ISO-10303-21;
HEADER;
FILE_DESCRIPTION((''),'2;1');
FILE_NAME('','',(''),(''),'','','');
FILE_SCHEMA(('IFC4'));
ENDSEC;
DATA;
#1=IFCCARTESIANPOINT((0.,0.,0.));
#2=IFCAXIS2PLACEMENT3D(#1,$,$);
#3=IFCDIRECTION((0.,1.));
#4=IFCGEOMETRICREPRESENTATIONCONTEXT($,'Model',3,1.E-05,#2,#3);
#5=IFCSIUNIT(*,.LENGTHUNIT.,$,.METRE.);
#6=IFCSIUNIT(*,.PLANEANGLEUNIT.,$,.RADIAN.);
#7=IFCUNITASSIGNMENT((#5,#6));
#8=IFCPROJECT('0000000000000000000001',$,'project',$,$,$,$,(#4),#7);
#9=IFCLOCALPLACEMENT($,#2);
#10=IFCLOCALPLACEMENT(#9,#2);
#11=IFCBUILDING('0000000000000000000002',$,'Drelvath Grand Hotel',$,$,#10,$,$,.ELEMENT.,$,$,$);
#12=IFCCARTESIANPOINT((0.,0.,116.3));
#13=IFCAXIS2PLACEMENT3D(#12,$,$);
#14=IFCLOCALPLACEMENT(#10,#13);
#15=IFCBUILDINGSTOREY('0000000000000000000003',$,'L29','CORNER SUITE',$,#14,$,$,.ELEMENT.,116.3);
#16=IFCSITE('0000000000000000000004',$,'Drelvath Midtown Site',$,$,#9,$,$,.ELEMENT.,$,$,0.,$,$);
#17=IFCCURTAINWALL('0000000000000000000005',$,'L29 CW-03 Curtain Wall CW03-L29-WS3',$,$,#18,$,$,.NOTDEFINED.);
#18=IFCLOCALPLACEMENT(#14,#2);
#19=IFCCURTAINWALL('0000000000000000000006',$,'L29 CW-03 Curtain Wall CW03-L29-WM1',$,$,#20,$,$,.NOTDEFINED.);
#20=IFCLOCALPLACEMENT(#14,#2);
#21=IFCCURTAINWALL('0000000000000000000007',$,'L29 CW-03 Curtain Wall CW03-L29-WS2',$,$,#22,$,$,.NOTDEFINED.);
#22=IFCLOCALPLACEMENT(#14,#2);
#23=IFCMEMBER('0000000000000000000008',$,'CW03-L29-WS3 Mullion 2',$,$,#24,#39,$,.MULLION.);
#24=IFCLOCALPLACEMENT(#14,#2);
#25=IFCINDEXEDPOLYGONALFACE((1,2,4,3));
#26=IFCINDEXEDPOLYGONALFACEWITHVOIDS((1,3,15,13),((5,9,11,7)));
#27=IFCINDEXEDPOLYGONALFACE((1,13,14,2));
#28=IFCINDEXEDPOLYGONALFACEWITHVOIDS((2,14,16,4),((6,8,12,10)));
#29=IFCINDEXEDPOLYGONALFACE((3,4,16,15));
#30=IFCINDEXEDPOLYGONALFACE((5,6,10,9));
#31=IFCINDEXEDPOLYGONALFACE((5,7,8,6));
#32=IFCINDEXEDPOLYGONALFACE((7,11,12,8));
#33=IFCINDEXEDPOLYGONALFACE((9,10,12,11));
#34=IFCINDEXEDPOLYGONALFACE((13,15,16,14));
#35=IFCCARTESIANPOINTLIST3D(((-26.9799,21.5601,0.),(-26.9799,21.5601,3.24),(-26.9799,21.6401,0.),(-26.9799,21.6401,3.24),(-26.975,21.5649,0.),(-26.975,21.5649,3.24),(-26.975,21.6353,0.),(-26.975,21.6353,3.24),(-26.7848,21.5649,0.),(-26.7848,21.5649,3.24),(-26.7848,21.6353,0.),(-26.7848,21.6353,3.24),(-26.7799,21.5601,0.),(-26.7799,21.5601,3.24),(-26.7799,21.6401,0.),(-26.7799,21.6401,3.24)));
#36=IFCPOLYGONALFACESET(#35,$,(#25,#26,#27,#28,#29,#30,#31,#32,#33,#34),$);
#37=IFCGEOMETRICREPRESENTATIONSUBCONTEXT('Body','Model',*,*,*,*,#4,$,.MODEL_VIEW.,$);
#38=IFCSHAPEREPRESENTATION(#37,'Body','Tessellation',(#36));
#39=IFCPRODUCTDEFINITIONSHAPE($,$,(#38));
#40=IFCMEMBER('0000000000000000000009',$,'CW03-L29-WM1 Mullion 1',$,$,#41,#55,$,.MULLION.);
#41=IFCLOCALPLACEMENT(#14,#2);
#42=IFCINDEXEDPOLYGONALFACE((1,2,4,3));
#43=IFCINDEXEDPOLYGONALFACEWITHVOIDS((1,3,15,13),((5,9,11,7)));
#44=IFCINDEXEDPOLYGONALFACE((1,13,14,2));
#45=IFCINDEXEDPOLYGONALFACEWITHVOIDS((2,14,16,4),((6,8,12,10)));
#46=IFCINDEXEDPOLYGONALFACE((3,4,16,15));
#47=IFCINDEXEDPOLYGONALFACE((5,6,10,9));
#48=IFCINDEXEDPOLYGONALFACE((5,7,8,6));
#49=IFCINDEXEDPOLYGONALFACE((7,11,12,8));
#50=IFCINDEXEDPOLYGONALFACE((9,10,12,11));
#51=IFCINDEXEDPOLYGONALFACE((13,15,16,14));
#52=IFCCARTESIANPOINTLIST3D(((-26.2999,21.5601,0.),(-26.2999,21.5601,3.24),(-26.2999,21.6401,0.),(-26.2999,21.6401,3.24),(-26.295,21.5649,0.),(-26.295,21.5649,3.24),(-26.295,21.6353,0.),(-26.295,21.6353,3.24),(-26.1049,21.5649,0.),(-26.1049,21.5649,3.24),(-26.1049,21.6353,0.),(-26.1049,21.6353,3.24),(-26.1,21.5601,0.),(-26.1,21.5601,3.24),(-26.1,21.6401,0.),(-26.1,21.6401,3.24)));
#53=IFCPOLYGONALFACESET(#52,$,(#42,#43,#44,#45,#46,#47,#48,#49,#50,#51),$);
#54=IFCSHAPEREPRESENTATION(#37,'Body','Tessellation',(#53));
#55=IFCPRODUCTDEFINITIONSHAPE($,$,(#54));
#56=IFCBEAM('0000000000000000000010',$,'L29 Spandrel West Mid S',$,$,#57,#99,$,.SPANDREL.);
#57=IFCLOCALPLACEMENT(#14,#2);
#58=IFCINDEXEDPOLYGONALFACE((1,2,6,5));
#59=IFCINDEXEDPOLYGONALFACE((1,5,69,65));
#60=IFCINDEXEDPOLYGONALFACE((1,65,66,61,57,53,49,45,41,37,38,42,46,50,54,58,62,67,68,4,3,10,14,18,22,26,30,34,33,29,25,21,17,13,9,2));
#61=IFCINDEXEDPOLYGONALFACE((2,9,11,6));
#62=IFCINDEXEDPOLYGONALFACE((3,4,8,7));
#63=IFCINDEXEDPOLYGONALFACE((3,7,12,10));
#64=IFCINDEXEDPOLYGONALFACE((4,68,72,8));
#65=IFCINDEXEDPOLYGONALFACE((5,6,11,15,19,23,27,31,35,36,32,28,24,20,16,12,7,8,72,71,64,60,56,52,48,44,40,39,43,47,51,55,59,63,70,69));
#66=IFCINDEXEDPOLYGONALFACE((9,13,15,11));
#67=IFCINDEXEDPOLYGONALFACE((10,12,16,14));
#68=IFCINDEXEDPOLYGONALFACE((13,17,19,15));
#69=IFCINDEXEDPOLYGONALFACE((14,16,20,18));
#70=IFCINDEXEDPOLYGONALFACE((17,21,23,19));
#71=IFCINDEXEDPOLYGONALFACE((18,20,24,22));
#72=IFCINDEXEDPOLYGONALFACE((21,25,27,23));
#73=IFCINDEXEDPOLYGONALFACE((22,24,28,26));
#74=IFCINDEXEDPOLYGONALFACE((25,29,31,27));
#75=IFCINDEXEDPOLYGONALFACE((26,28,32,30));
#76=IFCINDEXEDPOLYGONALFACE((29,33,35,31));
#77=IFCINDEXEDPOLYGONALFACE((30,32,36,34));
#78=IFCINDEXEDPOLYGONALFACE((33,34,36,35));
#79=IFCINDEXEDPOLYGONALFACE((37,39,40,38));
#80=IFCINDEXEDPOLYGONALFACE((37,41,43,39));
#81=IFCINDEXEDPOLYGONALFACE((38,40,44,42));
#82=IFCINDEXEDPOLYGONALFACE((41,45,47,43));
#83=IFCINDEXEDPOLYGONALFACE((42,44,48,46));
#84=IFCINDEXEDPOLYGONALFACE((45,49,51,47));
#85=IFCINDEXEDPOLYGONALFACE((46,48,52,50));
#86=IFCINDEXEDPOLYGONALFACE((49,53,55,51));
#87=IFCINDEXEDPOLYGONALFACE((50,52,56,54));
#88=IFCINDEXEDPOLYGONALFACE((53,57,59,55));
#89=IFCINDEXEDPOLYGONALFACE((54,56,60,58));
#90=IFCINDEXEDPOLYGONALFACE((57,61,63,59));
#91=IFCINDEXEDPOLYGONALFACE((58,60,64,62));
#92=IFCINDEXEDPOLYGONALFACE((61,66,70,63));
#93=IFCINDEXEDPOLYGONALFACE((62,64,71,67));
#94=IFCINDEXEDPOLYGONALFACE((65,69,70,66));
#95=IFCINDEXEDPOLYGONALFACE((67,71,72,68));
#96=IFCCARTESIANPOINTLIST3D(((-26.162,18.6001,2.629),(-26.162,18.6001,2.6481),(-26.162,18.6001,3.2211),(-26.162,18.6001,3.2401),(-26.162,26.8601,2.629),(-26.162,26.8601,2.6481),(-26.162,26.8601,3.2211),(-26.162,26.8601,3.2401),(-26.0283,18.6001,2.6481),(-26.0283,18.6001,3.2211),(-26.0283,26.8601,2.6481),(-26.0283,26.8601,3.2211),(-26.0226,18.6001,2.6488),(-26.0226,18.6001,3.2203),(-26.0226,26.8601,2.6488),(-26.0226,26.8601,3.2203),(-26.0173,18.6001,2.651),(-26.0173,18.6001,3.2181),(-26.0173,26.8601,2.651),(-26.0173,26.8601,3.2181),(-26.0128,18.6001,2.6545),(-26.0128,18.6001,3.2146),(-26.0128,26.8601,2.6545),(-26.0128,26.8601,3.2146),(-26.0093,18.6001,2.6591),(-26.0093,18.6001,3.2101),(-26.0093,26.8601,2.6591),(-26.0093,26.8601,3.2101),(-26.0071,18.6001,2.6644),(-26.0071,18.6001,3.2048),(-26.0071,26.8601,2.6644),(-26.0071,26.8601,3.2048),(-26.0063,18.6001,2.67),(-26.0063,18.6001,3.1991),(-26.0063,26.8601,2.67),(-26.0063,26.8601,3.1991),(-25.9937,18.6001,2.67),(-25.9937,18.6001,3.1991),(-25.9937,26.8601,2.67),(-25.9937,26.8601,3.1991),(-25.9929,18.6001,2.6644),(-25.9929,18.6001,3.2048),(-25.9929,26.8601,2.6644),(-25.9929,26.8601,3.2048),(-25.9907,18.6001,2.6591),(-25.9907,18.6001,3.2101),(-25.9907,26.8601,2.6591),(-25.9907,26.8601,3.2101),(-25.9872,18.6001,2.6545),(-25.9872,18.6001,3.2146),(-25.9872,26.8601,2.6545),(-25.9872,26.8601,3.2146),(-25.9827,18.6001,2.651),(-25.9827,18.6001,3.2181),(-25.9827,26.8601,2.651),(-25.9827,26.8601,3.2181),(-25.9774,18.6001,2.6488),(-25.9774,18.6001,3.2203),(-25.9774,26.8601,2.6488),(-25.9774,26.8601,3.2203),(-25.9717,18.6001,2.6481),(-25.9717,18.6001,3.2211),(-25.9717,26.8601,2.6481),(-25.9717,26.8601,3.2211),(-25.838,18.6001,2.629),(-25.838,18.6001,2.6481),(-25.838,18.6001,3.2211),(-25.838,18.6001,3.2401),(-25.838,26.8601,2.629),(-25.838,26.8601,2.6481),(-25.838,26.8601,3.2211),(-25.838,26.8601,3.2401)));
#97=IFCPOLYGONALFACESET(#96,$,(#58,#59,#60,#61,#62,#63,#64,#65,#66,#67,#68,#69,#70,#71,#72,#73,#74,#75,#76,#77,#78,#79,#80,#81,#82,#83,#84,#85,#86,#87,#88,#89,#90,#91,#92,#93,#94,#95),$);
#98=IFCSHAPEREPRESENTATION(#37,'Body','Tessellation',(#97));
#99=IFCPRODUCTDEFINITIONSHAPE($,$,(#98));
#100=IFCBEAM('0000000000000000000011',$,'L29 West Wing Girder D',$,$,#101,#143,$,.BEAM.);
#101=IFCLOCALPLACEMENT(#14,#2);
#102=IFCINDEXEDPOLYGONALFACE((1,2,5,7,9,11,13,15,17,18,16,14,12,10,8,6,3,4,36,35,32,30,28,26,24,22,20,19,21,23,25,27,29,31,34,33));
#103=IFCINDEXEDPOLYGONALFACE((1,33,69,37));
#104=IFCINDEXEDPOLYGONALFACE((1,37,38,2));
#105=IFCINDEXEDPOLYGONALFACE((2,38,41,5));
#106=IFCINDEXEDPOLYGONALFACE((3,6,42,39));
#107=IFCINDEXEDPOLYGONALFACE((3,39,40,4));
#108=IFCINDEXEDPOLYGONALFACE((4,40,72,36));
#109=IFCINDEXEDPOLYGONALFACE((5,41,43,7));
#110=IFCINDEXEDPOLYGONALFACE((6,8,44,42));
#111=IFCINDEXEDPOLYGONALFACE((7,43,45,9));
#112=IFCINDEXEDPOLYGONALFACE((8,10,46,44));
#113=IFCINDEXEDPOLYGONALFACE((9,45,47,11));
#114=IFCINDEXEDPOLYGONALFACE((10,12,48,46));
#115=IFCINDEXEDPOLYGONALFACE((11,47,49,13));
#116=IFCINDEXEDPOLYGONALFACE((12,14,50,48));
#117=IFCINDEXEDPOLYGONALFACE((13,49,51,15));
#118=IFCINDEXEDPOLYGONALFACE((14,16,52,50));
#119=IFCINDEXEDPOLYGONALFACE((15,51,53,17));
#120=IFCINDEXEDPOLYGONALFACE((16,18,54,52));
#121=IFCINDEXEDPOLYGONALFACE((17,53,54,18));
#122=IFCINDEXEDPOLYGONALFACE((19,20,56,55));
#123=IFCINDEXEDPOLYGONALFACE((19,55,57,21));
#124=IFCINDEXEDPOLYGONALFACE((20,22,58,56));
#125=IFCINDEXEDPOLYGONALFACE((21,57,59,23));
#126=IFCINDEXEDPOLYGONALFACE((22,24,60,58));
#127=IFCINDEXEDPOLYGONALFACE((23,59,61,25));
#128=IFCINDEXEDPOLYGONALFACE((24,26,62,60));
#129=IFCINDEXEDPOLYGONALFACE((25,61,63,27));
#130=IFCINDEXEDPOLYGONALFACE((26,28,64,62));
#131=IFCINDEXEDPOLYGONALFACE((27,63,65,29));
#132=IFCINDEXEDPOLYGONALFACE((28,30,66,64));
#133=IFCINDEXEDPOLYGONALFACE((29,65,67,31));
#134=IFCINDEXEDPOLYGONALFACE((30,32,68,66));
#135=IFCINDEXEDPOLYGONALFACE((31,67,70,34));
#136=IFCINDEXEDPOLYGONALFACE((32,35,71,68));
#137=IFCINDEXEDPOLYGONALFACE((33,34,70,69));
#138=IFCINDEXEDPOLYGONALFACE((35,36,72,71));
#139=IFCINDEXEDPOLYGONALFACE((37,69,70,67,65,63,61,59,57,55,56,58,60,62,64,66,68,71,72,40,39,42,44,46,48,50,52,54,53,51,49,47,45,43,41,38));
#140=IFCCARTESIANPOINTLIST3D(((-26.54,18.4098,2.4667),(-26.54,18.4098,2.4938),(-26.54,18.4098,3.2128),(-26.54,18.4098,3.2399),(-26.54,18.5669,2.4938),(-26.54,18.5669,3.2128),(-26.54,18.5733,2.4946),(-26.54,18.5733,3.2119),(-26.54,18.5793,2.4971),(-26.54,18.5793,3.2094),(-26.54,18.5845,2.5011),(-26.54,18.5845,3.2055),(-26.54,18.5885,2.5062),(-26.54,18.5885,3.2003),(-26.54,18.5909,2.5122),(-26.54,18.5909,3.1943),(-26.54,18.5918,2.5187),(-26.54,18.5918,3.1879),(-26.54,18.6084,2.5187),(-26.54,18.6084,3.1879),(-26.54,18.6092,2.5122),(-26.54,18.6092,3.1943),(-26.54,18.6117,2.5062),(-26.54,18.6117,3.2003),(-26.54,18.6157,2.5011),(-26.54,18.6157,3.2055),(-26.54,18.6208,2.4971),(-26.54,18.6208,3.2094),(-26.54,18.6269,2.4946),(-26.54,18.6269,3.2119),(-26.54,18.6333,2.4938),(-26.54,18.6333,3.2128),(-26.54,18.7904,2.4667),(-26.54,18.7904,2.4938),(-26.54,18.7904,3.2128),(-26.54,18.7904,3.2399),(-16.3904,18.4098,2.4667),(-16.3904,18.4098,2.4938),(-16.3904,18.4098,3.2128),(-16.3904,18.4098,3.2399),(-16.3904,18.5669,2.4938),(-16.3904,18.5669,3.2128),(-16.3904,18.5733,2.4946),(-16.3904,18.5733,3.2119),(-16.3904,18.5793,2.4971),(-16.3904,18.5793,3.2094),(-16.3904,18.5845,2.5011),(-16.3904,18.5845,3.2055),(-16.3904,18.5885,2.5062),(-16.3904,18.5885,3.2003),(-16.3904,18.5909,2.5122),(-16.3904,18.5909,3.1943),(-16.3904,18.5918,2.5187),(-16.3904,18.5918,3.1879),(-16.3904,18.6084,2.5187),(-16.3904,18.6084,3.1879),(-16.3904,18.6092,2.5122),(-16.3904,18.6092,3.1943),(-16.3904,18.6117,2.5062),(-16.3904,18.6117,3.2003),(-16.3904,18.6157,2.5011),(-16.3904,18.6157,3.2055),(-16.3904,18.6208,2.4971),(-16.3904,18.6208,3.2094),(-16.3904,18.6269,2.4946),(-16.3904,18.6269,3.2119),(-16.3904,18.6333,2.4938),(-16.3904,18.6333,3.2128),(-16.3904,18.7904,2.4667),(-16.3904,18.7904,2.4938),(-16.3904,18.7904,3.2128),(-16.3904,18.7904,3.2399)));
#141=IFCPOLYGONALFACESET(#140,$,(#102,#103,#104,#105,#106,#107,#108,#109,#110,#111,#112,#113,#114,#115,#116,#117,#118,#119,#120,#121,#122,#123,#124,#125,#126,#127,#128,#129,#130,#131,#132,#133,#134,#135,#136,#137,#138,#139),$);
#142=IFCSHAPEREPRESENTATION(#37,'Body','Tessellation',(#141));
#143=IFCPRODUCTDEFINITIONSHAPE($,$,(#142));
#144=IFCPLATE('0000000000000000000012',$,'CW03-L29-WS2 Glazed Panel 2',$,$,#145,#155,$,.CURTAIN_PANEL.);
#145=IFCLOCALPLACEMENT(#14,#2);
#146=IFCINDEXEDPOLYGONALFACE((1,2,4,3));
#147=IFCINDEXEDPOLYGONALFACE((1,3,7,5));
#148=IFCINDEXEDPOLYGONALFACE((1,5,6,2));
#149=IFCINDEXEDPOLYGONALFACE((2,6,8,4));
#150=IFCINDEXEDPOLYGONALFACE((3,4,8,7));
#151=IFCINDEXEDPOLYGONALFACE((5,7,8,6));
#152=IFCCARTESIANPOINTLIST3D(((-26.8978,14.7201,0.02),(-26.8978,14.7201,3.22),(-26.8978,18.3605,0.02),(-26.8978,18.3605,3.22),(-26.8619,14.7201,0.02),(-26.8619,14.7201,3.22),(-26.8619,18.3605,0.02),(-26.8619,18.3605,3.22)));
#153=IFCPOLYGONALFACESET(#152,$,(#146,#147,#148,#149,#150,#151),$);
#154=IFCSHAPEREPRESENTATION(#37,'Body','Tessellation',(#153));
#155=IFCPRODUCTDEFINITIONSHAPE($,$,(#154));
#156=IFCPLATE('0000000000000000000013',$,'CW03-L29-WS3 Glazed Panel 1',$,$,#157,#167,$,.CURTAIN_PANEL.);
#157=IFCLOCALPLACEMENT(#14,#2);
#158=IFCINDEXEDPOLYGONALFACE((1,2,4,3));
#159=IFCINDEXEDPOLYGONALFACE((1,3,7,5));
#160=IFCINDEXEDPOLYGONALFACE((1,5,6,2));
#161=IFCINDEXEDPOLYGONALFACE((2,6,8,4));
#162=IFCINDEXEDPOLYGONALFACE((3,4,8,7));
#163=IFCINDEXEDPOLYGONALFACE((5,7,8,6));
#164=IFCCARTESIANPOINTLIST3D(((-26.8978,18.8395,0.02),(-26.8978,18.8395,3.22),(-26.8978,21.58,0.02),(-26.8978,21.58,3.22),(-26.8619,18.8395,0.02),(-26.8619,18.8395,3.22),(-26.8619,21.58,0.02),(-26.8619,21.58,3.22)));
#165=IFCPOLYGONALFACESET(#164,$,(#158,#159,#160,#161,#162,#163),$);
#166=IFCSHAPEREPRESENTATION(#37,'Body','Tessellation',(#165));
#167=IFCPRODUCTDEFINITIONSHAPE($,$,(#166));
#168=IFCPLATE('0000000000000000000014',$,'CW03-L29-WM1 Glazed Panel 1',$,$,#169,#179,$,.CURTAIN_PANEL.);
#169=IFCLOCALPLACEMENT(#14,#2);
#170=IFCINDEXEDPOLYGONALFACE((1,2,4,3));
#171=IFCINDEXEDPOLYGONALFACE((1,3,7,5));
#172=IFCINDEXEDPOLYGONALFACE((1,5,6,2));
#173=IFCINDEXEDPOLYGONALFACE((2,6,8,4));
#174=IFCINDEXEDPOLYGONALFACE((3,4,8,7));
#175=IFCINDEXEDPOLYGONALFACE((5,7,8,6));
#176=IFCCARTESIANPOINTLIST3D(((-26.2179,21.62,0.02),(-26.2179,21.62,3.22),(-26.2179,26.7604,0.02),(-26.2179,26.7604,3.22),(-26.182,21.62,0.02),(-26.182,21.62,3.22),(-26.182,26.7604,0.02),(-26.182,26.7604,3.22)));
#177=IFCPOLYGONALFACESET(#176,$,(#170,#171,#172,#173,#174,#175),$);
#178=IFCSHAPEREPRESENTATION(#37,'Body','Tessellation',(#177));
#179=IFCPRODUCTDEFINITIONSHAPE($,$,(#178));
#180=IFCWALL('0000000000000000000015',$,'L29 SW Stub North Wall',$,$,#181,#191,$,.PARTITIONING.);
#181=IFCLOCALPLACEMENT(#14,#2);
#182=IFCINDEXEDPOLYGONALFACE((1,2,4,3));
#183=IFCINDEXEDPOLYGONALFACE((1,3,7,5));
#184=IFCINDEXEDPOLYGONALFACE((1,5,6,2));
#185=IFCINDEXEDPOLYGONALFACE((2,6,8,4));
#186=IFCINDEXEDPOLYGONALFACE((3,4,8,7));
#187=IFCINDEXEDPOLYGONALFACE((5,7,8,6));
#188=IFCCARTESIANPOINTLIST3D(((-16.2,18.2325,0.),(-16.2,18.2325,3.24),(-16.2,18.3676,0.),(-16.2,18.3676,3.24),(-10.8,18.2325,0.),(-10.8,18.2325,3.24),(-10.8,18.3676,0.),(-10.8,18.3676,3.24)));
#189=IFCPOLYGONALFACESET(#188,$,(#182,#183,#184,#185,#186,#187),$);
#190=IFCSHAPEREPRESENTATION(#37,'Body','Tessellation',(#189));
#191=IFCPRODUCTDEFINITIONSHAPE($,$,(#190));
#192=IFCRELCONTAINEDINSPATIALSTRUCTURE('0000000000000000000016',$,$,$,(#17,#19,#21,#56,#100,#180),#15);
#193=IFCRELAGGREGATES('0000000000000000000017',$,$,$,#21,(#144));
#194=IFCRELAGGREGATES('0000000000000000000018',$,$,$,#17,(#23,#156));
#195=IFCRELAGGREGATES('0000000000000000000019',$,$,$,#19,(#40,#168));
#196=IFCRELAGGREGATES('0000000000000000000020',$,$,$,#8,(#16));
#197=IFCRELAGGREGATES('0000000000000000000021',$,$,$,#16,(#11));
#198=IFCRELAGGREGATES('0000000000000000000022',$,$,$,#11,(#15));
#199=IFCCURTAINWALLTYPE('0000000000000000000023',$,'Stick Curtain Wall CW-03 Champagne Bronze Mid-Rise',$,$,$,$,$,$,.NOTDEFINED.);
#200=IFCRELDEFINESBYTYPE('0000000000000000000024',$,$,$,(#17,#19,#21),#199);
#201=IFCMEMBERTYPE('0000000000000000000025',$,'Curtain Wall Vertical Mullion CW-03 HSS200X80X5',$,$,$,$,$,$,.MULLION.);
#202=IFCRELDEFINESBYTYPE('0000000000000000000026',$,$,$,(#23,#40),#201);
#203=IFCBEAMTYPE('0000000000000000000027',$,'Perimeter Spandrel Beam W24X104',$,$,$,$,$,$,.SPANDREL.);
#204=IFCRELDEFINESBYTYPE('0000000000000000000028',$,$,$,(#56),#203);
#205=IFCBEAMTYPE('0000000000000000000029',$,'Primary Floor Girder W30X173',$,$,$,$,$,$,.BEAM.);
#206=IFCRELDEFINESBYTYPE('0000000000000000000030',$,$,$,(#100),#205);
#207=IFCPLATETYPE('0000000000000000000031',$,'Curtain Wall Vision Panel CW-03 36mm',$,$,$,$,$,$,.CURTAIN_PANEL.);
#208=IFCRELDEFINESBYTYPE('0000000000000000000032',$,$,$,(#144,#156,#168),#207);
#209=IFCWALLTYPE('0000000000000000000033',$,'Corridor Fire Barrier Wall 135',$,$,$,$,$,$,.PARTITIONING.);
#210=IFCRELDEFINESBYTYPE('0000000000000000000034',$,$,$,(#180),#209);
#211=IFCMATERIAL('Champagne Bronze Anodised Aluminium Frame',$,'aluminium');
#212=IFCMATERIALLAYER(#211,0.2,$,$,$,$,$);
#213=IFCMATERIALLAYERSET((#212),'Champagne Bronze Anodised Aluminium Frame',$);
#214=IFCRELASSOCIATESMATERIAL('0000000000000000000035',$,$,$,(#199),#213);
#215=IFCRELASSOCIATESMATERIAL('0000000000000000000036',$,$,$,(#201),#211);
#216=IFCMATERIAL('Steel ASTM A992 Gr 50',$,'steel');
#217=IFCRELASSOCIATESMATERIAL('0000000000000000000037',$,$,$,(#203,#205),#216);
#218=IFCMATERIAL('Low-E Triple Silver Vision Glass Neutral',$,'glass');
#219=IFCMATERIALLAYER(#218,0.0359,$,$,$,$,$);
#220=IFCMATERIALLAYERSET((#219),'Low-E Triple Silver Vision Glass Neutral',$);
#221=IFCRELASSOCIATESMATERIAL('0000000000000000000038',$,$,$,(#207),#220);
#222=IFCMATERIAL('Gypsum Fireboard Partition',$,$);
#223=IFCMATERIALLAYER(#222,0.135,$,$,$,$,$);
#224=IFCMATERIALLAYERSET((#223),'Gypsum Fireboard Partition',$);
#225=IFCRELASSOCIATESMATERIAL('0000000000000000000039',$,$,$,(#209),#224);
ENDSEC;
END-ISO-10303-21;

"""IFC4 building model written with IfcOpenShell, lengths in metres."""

from ifc_helpers import new_model, si_unit, direction, frame, frame_2d, origin, origin_2d, place, context, subcontext, project, spatial, rectangle, hollow_rectangle, i_section, extrude, material, layer, layer_set, material_profile, profile_set, type_object, element, aggregate, save


model = new_model("IFC4")

# Units and contexts
model_context = context("Model", 3, precision=1e-05, world=origin(), true_north=direction((0.0, 1.0)))
body_context = subcontext(model_context, "Body", "Model", "MODEL_VIEW")
ifc_project = project(units=[si_unit("LENGTHUNIT", "METRE"), si_unit("PLANEANGLEUNIT", "RADIAN")], contexts=[model_context])

# Site, building, storey
site_placement = place(None, origin())
site = spatial("IfcSite", under=ifc_project, at=site_placement, Name="Drelvath Midtown Site", CompositionType="ELEMENT", RefElevation=0.0)
building_placement = place(site_placement, origin())
building = spatial("IfcBuilding", under=site, at=building_placement, Name="Drelvath Grand Hotel", CompositionType="ELEMENT")
storey_placement = place(building_placement, frame((0.0, 0.0, 116.3)))
storey = spatial("IfcBuildingStorey", under=building, at=storey_placement, Name="L29", Description="CORNER SUITE", CompositionType="ELEMENT", Elevation=116.3)

# Shared definitions
ifc_material_1 = material(Name="Steel ASTM A992 Gr 50", Category="steel")

# Curtain walls
ifc_material_2 = material(Name="Champagne Bronze Anodised Aluminium Frame", Category="aluminium")
ifc_layer_1 = layer(ifc_material_2, 0.2)
ifc_layer_set_1 = layer_set([ifc_layer_1], Name="Champagne Bronze Anodised Aluminium Frame")
curtain_wall_type = type_object("IfcCurtainWallType", Name="Stick Curtain Wall CW-03 Champagne Bronze Mid-Rise", PredefinedType="NOTDEFINED", material=ifc_layer_set_1)
curtain_wall_1_placement = place(storey_placement, origin())
curtain_wall_1 = element("IfcCurtainWall", 1, at=curtain_wall_1_placement, inside=storey, type_object=curtain_wall_type, Name="L29 CW-03 Curtain Wall CW03-L29-WS3", PredefinedType="NOTDEFINED")
curtain_wall_2_placement = place(storey_placement, origin())
curtain_wall_2 = element("IfcCurtainWall", 2, at=curtain_wall_2_placement, inside=storey, type_object=curtain_wall_type, Name="L29 CW-03 Curtain Wall CW03-L29-WM1", PredefinedType="NOTDEFINED")

# Curtain wall
curtain_wall_3_placement = place(storey_placement, origin())
curtain_wall_3 = element("IfcCurtainWall", 3, at=curtain_wall_3_placement, inside=storey, type_object=curtain_wall_type, Name="L29 CW-03 Curtain Wall CW03-L29-WS2", PredefinedType="NOTDEFINED")
ifc_material_profile_1 = material_profile(ifc_material_2, hollow_rectangle(XDim=0.0801, YDim=0.2, WallThickness=0.0049, at=origin_2d()), Name="HSS200X80X5")
ifc_profile_set_1 = profile_set([ifc_material_profile_1], Name="Champagne Bronze Anodised Aluminium Frame")
member_type_1 = type_object("IfcMemberType", Name="Curtain Wall Vertical Mullion CW-03 HSS200X80X5", PredefinedType="MULLION", material=ifc_profile_set_1)

# Members
member_1_placement = place(storey_placement, frame((-26.8799, 21.6001, 0.0), z_axis=(0.0, 0.0, 1.0), x_axis=(0.0, 1.0, 0.0)))
member_1 = element("IfcMember", 4, at=member_1_placement, type_object=member_type_1, Name="CW03-L29-WS3 Mullion 2", PredefinedType="MULLION", context=body_context, shape_type="SweptSolid", body=[
    extrude(hollow_rectangle(XDim=0.0801, YDim=0.2, WallThickness=0.0049, at=origin_2d()), origin(), (0.0, 0.0, 1.0), 3.24),
])
member_2_placement = place(storey_placement, frame((-26.2, 21.6001, 0.0), z_axis=(0.0, 0.0, 1.0), x_axis=(0.0, 1.0, 0.0)))
member_2 = element("IfcMember", 5, at=member_2_placement, type_object=member_type_1, Name="CW03-L29-WM1 Mullion 1", PredefinedType="MULLION", context=body_context, shape_type="SweptSolid", body=[
    extrude(hollow_rectangle(XDim=0.0801, YDim=0.2, WallThickness=0.0049, at=origin_2d()), origin(), (0.0, 0.0, 1.0), 3.24),
])

# Beams
ifc_material_profile_2 = material_profile(ifc_material_1, i_section(OverallWidth=0.324, OverallDepth=0.6111, WebThickness=0.0127, FlangeThickness=0.019, FilletRadius=0.022, at=origin_2d()), Name="W24X104")
ifc_profile_set_2 = profile_set([ifc_material_profile_2], Name="Steel ASTM A992 Gr 50")
beam_type_1 = type_object("IfcBeamType", Name="Perimeter Spandrel Beam W24X104", PredefinedType="SPANDREL", material=ifc_profile_set_2)
beam_1_placement = place(storey_placement, frame((-26.0, 18.6001, 2.9346), z_axis=(0.0, 1.0, 0.0), x_axis=(-1.0, 0.0, 0.0)))
element("IfcBeam", 6, at=beam_1_placement, inside=storey, type_object=beam_type_1, Name="L29 Spandrel West Mid S", PredefinedType="SPANDREL", context=body_context, shape_type="SweptSolid", body=[
    extrude(i_section(OverallWidth=0.324, OverallDepth=0.6111, WebThickness=0.0127, FlangeThickness=0.019, FilletRadius=0.022, at=origin_2d()), origin(), (0.0, 0.0, 1.0), 8.26),
])
ifc_material_profile_3 = material_profile(ifc_material_1, i_section(OverallWidth=0.3806, OverallDepth=0.7732, WebThickness=0.0166, FlangeThickness=0.0271, FilletRadius=0.0249, at=origin_2d()), Name="W30X173")
ifc_profile_set_3 = profile_set([ifc_material_profile_3], Name="Steel ASTM A992 Gr 50")
beam_type_2 = type_object("IfcBeamType", Name="Primary Floor Girder W30X173", PredefinedType="BEAM", material=ifc_profile_set_3)
beam_2_placement = place(storey_placement, frame((-26.54, 18.6001, 2.8533), z_axis=(1.0, 0.0, 0.0), x_axis=(0.0, 1.0, 0.0)))
element("IfcBeam", 7, at=beam_2_placement, inside=storey, type_object=beam_type_2, Name="L29 West Wing Girder D", PredefinedType="BEAM", context=body_context, shape_type="SweptSolid", body=[
    extrude(i_section(OverallWidth=0.3806, OverallDepth=0.7732, WebThickness=0.0166, FlangeThickness=0.0271, FilletRadius=0.0249, at=origin_2d()), origin(), (0.0, 0.0, 1.0), 10.1497),
])

# Plates
ifc_material_3 = material(Name="Low-E Triple Silver Vision Glass Neutral", Category="glass")
ifc_layer_2 = layer(ifc_material_3, 0.0359)
ifc_layer_set_2 = layer_set([ifc_layer_2], Name="Low-E Triple Silver Vision Glass Neutral")
plate_type = type_object("IfcPlateType", Name="Curtain Wall Vision Panel CW-03 36mm", PredefinedType="CURTAIN_PANEL", material=ifc_layer_set_2)
plate_1_placement = place(storey_placement, frame((-26.8799, 16.5403, 0.02), z_axis=(0.0, 0.0, 1.0), x_axis=(0.0, 1.0, 0.0)))
plate_1 = element("IfcPlate", 8, at=plate_1_placement, type_object=plate_type, Name="CW03-L29-WS2 Glazed Panel 2", PredefinedType="CURTAIN_PANEL", context=body_context, shape_type="SweptSolid", body=[
    extrude(rectangle(XDim=3.6404, YDim=0.0359, at=origin_2d()), origin(), (0.0, 0.0, 1.0), 3.2),
])
aggregate(curtain_wall_3, [plate_1])
plate_2_placement = place(storey_placement, frame((-26.8799, 20.2097, 0.02), z_axis=(0.0, 0.0, 1.0), x_axis=(0.0, 1.0, 0.0)))
plate_2 = element("IfcPlate", 9, at=plate_2_placement, type_object=plate_type, Name="CW03-L29-WS3 Glazed Panel 1", PredefinedType="CURTAIN_PANEL", context=body_context, shape_type="SweptSolid", body=[
    extrude(rectangle(XDim=2.7405, YDim=0.0359, at=origin_2d()), origin(), (0.0, 0.0, 1.0), 3.2),
])
aggregate(curtain_wall_1, [member_1, plate_2])
plate_3_placement = place(storey_placement, frame((-26.2, 24.1902, 0.02), z_axis=(0.0, 0.0, 1.0), x_axis=(0.0, 1.0, 0.0)))
plate_3 = element("IfcPlate", 10, at=plate_3_placement, type_object=plate_type, Name="CW03-L29-WM1 Glazed Panel 1", PredefinedType="CURTAIN_PANEL", context=body_context, shape_type="SweptSolid", body=[
    extrude(rectangle(XDim=5.1404, YDim=0.0359, at=origin_2d()), origin(), (0.0, 0.0, 1.0), 3.2),
])
aggregate(curtain_wall_2, [member_2, plate_3])

# Wall
ifc_material_4 = material(Name="Gypsum Fireboard Partition")
ifc_layer_3 = layer(ifc_material_4, 0.135)
ifc_layer_set_3 = layer_set([ifc_layer_3], Name="Gypsum Fireboard Partition")
wall_type_1 = type_object("IfcWallType", Name="Corridor Fire Barrier Wall 135", PredefinedType="PARTITIONING", material=ifc_layer_set_3)
wall_1_placement = place(storey_placement, frame((-16.2, 18.3, 0.0), z_axis=(0.0, 0.0, 1.0), x_axis=(1.0, 0.0, 0.0)))
element("IfcWall", 11, at=wall_1_placement, inside=storey, type_object=wall_type_1, Name="L29 SW Stub North Wall", PredefinedType="PARTITIONING", context=body_context, shape_type="SweptSolid", body=[
    extrude(rectangle(XDim=5.3999, YDim=0.135, at=frame_2d((2.7, 0.0))), origin(), (0.0, 0.0, 1.0), 3.24),
])

save(model, "model.ifc")
